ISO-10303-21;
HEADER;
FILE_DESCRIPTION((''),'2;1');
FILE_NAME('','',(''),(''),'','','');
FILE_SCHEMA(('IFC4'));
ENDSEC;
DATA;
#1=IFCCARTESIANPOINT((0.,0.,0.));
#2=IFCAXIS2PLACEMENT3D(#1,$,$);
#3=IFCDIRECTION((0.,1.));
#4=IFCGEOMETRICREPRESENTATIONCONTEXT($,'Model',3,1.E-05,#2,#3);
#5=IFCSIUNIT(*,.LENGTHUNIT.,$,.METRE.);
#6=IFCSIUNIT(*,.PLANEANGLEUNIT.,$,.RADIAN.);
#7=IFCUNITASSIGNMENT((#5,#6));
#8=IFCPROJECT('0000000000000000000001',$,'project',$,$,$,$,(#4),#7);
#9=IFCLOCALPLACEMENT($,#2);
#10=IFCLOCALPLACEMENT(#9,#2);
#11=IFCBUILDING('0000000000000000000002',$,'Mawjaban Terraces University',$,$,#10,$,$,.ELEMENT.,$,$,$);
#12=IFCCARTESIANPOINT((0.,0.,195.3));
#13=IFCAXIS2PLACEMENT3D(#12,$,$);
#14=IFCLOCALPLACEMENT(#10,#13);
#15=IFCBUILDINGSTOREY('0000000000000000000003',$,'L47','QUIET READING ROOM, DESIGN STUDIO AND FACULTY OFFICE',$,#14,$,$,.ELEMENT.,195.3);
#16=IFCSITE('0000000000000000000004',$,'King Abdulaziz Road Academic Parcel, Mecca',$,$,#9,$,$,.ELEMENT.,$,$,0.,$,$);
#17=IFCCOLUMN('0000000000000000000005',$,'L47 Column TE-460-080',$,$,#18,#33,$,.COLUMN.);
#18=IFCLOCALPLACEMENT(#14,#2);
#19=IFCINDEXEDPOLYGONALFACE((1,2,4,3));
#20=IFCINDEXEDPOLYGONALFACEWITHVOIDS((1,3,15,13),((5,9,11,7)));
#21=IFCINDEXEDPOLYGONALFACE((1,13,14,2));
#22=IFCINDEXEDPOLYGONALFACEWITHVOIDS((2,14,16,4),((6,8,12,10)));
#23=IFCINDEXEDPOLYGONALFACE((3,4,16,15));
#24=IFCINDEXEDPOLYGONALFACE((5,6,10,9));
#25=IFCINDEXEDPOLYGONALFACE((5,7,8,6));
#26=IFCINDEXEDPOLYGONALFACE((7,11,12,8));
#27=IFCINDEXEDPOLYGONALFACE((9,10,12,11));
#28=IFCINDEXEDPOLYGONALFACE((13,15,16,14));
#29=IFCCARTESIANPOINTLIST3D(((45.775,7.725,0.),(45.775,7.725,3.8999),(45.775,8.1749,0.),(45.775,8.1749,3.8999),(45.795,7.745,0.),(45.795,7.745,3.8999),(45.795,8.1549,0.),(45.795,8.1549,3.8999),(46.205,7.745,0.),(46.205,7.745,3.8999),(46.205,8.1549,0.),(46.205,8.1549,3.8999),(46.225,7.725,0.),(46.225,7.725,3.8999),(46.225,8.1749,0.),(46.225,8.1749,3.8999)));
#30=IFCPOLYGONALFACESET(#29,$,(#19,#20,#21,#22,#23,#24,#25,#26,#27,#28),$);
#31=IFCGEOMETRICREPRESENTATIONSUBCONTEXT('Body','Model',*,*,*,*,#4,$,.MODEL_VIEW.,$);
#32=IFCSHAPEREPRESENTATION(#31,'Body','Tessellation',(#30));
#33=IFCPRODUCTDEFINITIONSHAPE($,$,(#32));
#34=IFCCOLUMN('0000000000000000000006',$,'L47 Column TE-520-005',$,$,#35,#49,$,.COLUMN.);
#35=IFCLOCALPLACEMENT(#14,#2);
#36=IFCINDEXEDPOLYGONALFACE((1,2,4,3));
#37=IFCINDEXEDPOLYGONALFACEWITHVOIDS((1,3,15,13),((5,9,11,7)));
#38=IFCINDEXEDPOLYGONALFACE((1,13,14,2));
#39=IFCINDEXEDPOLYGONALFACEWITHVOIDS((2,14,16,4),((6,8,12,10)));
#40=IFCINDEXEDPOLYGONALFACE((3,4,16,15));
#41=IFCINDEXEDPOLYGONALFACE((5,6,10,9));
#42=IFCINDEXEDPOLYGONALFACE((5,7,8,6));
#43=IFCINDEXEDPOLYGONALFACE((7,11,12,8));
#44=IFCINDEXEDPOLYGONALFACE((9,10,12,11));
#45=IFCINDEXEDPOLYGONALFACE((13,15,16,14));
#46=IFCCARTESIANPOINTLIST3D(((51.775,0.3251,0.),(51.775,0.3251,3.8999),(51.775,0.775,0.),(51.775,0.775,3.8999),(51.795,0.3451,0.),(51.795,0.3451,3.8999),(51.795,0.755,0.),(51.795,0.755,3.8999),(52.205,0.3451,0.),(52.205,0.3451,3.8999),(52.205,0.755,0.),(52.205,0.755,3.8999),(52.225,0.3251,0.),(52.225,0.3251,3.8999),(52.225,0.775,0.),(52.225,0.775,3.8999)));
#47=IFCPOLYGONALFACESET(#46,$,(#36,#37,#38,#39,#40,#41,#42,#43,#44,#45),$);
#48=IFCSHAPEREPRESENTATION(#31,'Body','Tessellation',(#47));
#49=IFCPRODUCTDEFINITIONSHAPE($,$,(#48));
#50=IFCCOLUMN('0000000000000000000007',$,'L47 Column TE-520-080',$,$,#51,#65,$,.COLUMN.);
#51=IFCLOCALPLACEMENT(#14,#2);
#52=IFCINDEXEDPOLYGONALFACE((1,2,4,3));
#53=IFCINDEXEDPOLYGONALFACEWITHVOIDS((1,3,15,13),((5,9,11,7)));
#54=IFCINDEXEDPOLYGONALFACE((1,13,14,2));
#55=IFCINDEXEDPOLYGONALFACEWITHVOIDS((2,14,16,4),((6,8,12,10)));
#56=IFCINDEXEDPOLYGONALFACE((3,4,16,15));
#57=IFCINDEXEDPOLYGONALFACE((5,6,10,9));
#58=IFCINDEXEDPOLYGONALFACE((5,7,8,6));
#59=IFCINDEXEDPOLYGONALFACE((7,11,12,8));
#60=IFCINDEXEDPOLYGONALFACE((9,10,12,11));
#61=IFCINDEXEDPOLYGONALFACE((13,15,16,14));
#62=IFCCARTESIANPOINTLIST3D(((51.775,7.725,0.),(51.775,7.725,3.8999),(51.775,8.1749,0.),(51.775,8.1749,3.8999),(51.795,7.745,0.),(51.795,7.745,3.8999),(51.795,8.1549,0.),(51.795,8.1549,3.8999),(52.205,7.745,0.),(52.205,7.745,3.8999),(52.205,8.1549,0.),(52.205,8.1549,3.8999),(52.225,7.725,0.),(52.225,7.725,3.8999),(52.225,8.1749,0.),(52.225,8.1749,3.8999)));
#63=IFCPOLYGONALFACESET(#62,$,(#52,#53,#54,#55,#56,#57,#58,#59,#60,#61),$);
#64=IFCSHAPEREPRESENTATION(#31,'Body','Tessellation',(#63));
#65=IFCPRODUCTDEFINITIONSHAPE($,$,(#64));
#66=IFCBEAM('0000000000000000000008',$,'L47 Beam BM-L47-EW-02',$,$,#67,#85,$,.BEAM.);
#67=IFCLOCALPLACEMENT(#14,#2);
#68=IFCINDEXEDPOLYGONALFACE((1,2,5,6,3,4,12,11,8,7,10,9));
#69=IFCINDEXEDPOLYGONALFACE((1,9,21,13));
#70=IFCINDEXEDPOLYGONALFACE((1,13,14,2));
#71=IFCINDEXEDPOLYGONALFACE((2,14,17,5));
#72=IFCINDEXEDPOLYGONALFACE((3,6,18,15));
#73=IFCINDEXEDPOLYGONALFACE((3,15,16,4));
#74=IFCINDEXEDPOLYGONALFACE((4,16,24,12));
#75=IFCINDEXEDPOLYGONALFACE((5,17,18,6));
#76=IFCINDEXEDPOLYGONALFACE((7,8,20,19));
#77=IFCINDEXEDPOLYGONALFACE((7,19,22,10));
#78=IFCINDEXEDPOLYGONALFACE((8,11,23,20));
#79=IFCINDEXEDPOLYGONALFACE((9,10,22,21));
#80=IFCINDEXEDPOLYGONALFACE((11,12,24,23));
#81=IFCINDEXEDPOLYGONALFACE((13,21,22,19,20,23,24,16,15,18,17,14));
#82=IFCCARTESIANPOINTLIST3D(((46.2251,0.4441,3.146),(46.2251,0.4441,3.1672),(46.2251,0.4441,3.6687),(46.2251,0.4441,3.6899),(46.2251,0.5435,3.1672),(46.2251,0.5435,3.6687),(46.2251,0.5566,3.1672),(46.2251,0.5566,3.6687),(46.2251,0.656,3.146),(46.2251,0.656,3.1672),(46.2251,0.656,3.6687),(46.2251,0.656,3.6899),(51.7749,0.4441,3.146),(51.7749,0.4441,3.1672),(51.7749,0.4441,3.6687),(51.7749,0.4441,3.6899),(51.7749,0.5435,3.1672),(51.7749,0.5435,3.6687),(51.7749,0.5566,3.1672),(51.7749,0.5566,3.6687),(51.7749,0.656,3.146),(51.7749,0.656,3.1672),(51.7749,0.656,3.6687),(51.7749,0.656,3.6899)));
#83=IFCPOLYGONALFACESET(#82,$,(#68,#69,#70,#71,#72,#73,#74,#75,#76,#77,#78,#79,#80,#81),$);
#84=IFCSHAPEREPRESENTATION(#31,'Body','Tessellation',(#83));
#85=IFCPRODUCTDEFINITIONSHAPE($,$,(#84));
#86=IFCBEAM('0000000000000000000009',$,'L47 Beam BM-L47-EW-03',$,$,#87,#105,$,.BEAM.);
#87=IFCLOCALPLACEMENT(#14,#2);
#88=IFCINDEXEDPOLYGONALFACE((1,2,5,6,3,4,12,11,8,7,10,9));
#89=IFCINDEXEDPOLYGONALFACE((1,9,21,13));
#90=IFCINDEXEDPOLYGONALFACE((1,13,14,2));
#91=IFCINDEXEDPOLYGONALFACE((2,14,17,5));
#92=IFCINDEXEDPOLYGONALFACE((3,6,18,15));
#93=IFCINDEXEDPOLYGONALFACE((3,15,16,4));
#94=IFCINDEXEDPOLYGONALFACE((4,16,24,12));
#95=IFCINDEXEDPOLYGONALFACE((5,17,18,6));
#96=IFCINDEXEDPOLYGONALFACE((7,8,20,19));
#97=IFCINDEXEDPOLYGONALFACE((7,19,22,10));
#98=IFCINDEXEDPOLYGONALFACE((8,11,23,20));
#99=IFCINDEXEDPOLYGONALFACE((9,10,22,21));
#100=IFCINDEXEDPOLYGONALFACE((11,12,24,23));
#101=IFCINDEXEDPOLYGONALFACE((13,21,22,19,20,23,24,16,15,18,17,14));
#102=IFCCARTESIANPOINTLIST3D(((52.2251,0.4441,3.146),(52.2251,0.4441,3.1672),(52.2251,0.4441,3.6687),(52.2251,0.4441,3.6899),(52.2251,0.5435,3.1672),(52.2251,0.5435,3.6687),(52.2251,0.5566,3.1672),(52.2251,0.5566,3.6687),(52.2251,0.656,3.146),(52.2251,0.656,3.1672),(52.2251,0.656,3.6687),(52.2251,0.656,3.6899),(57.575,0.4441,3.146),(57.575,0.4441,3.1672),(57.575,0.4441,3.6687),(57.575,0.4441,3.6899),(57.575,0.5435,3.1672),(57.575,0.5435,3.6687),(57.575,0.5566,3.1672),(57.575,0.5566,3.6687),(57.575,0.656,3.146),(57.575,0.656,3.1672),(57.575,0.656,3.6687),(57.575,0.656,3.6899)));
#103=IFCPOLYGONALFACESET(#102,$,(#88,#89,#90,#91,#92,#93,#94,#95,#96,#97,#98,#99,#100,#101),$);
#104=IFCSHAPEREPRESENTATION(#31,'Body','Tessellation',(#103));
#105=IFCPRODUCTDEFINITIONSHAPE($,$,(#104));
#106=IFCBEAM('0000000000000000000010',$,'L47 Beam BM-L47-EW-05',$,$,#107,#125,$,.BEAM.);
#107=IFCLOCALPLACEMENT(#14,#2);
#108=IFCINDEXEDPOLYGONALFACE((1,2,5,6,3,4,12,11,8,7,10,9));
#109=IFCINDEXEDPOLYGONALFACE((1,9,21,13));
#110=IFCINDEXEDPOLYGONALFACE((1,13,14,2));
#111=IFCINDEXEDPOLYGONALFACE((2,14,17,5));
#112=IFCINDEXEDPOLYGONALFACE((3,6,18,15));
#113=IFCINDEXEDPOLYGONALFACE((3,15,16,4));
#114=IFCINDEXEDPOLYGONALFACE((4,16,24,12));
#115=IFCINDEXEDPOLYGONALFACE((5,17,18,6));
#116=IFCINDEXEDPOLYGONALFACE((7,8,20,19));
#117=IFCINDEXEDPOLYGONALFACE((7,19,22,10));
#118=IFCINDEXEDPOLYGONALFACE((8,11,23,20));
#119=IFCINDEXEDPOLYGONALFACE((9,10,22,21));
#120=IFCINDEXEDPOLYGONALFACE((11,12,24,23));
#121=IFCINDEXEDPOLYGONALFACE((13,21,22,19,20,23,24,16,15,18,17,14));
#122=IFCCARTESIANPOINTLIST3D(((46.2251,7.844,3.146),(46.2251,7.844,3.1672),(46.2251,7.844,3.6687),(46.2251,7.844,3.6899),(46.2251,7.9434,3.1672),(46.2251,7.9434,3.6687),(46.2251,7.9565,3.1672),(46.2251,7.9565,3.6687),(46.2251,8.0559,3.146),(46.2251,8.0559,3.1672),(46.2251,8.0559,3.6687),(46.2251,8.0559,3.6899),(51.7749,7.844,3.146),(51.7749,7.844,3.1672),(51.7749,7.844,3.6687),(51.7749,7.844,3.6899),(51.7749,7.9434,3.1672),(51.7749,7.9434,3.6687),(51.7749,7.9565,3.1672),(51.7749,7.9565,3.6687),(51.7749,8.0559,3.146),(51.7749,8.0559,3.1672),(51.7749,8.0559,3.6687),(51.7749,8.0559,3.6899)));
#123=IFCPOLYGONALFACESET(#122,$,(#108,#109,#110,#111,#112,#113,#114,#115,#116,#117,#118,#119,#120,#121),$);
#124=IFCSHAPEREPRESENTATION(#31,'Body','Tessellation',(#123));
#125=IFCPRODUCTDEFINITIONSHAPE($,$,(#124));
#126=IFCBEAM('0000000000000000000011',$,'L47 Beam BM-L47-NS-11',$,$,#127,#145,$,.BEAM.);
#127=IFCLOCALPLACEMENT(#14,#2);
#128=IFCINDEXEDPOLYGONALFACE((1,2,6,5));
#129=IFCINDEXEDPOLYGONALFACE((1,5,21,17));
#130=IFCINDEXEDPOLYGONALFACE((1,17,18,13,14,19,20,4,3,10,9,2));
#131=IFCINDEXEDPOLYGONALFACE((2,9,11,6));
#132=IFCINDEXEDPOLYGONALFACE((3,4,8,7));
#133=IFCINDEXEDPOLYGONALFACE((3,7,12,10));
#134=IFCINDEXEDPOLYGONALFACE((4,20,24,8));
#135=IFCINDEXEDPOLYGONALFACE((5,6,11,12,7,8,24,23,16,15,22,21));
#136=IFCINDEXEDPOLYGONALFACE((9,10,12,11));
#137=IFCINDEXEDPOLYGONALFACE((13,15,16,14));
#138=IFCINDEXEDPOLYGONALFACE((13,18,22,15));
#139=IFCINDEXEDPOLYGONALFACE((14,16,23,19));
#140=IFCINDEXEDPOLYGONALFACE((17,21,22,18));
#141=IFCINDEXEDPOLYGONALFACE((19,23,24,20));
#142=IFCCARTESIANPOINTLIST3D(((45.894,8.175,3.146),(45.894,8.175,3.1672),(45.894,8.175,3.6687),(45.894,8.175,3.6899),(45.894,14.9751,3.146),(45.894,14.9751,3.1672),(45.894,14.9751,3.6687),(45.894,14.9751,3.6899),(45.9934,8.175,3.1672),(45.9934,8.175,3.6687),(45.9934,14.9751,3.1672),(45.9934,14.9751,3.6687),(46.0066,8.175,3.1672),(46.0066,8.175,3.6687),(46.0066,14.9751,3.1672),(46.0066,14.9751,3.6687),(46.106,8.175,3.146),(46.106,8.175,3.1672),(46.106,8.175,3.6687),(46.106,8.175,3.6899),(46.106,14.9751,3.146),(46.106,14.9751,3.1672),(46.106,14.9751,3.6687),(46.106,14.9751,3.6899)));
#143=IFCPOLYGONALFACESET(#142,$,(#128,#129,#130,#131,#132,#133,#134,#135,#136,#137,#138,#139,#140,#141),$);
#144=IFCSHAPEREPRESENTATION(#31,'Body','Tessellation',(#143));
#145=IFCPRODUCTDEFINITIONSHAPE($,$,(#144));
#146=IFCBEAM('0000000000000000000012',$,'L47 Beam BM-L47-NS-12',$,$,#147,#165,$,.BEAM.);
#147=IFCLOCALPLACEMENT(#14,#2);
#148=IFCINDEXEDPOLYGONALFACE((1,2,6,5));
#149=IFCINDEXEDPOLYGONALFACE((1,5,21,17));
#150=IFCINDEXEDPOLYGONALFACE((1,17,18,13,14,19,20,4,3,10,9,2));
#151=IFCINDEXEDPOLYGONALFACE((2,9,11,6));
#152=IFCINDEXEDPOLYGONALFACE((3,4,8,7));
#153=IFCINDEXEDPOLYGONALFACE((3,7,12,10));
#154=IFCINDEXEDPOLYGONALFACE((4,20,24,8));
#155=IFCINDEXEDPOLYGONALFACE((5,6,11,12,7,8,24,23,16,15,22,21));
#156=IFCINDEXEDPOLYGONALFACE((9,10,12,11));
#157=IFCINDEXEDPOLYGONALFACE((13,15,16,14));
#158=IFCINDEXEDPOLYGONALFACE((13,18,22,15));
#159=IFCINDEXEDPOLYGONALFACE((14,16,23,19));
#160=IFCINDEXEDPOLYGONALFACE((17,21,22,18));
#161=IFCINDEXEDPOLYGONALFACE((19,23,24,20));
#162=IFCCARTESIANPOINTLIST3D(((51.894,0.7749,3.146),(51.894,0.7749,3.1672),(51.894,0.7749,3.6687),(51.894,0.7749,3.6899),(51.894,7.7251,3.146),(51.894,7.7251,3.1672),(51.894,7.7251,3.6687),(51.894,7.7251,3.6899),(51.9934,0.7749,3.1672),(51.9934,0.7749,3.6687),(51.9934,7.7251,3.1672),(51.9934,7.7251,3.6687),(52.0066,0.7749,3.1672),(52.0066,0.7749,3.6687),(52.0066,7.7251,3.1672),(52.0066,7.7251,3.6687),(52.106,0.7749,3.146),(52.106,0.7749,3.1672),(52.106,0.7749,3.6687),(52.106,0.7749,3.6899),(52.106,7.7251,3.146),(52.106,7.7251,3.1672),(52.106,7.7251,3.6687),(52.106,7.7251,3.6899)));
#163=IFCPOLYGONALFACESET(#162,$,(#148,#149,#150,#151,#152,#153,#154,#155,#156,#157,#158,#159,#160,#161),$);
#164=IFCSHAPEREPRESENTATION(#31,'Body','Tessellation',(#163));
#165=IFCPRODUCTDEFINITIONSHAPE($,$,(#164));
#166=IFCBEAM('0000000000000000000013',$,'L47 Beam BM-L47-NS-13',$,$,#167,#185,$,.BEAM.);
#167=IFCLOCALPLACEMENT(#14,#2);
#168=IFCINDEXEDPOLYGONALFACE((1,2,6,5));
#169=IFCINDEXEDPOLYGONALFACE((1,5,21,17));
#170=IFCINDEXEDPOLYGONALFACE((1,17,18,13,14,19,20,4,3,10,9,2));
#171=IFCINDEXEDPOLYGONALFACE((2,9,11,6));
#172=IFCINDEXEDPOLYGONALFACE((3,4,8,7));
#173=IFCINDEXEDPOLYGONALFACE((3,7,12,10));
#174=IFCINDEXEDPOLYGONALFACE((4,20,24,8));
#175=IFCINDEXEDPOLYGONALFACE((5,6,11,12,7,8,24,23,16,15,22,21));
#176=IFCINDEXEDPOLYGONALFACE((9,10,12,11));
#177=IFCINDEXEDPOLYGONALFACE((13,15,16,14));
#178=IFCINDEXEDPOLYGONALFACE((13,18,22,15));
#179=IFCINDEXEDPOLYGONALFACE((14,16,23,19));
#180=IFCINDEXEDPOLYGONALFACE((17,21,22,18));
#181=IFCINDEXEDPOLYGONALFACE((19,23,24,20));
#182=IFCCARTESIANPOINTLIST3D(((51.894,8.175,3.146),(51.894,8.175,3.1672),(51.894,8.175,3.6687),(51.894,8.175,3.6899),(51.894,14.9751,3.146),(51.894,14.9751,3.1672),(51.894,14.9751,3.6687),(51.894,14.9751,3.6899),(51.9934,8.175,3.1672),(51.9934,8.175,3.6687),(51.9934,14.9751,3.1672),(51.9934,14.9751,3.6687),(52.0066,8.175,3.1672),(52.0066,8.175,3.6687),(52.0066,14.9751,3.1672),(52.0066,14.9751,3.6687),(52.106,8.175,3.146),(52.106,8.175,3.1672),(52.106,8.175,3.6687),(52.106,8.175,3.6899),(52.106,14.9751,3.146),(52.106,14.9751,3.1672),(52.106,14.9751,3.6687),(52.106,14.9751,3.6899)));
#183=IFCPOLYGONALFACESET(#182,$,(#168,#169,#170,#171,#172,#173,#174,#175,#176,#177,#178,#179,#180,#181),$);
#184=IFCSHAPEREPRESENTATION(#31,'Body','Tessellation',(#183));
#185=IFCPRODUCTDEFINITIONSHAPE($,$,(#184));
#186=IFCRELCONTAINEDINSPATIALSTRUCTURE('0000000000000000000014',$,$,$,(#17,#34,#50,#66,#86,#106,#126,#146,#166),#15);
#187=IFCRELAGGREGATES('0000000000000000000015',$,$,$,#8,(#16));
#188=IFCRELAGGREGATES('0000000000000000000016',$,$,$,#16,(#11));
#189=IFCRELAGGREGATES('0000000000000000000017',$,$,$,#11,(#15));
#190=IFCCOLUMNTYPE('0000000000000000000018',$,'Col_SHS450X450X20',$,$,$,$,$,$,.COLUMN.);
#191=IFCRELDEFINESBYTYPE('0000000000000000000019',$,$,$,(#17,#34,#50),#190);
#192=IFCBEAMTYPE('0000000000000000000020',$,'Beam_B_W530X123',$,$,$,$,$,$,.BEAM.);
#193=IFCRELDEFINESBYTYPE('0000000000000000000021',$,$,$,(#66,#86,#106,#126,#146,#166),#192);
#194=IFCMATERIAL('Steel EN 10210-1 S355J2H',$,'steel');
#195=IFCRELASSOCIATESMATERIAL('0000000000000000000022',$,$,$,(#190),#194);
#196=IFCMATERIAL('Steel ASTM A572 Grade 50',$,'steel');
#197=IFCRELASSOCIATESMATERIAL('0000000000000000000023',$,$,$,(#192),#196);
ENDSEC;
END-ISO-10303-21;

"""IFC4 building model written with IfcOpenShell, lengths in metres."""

from ifc_helpers import new_model, si_unit, direction, frame, origin, origin_2d, place, context, subcontext, project, spatial, hollow_rectangle, i_section, extrude, material, material_profile, profile_set, type_object, element, save


model = new_model("IFC4")

# Units and contexts
model_context = context("Model", 3, precision=1e-05, world=origin(), true_north=direction((0.0, 1.0)))
body_context = subcontext(model_context, "Body", "Model", "MODEL_VIEW")
ifc_project = project(units=[si_unit("LENGTHUNIT", "METRE"), si_unit("PLANEANGLEUNIT", "RADIAN")], contexts=[model_context])

# Site, building, storey
site_placement = place(None, origin())
site = spatial("IfcSite", under=ifc_project, at=site_placement, Name="King Abdulaziz Road Academic Parcel, Mecca", CompositionType="ELEMENT", RefElevation=0.0)
building_placement = place(site_placement, origin())
building = spatial("IfcBuilding", under=site, at=building_placement, Name="Mawjaban Terraces University", CompositionType="ELEMENT")
storey_placement = place(building_placement, frame((0.0, 0.0, 195.3)))
storey = spatial("IfcBuildingStorey", under=building, at=storey_placement, Name="L47", Description="QUIET READING ROOM, DESIGN STUDIO AND FACULTY OFFICE", CompositionType="ELEMENT", Elevation=195.3)

# Columns
ifc_material_1 = material(Name="Steel EN 10210-1 S355J2H", Category="steel")
ifc_material_profile_1 = material_profile(ifc_material_1, hollow_rectangle(XDim=0.45, YDim=0.45, WallThickness=0.02, at=origin_2d()), Name="SHS450X450X20")
ifc_profile_set_1 = profile_set([ifc_material_profile_1], Name="Steel EN 10210-1 S355J2H")
column_type = type_object("IfcColumnType", Name="Col_SHS450X450X20", PredefinedType="COLUMN", material=ifc_profile_set_1)
for number, where, z_axis, x_axis, name in (
    (1, (46.0, 7.95, 0.0), (0.0, 0.0, 1.0), (1.0, 0.0, 0.0), "L47 Column TE-460-080"),
    (2, (52.0, 0.55, 0.0), (0.0, 0.0, 1.0), (1.0, 0.0, 0.0), "L47 Column TE-520-005"),
    (3, (52.0, 7.95, 0.0), (0.0, 0.0, 1.0), (1.0, 0.0, 0.0), "L47 Column TE-520-080"),
):
    element("IfcColumn", number, at=place(storey_placement, frame(where, z_axis=z_axis, x_axis=x_axis)), inside=storey, type_object=column_type, Name=name, PredefinedType="COLUMN", context=body_context, shape_type="SweptSolid", body=[
        extrude(hollow_rectangle(XDim=0.45, YDim=0.45, WallThickness=0.02, at=origin_2d()), origin(), (0.0, 0.0, 1.0), 3.8999),
    ])

# Beams
ifc_material_2 = material(Name="Steel ASTM A572 Grade 50", Category="steel")
ifc_material_profile_2 = material_profile(ifc_material_2, i_section(OverallWidth=0.2119, OverallDepth=0.5439, WebThickness=0.0132, FlangeThickness=0.0212, at=origin_2d()), Name="W530X123")
ifc_profile_set_2 = profile_set([ifc_material_profile_2], Name="Steel ASTM A572 Grade 50")
beam_type_1 = type_object("IfcBeamType", Name="Beam_B_W530X123", PredefinedType="BEAM", material=ifc_profile_set_2)
beam_1_placement = place(storey_placement, frame((46.2251, 0.55, 3.418), z_axis=(1.0, 0.0, 0.0), x_axis=(0.0, 1.0, 0.0)))
element("IfcBeam", 4, at=beam_1_placement, inside=storey, type_object=beam_type_1, Name="L47 Beam BM-L47-EW-02", PredefinedType="BEAM", context=body_context, shape_type="SweptSolid", body=[
    extrude(i_section(OverallWidth=0.2119, OverallDepth=0.5439, WebThickness=0.0132, FlangeThickness=0.0212, at=origin_2d()), origin(), (0.0, 0.0, 1.0), 5.5498),
])
beam_2_placement = place(storey_placement, frame((52.2251, 0.55, 3.418), z_axis=(1.0, 0.0, 0.0), x_axis=(0.0, 1.0, 0.0)))
element("IfcBeam", 5, at=beam_2_placement, inside=storey, type_object=beam_type_1, Name="L47 Beam BM-L47-EW-03", PredefinedType="BEAM", context=body_context, shape_type="SweptSolid", body=[
    extrude(i_section(OverallWidth=0.2119, OverallDepth=0.5439, WebThickness=0.0132, FlangeThickness=0.0212, at=origin_2d()), origin(), (0.0, 0.0, 1.0), 5.3499),
])
beam_3_placement = place(storey_placement, frame((46.2251, 7.95, 3.418), z_axis=(1.0, 0.0, 0.0), x_axis=(0.0, 1.0, 0.0)))
element("IfcBeam", 6, at=beam_3_placement, inside=storey, type_object=beam_type_1, Name="L47 Beam BM-L47-EW-05", PredefinedType="BEAM", context=body_context, shape_type="SweptSolid", body=[
    extrude(i_section(OverallWidth=0.2119, OverallDepth=0.5439, WebThickness=0.0132, FlangeThickness=0.0212, at=origin_2d()), origin(), (0.0, 0.0, 1.0), 5.5498),
])
beam_4_placement = place(storey_placement, frame((46.0, 8.175, 3.418), z_axis=(0.0, 1.0, 0.0), x_axis=(-1.0, 0.0, 0.0)))
element("IfcBeam", 7, at=beam_4_placement, inside=storey, type_object=beam_type_1, Name="L47 Beam BM-L47-NS-11", PredefinedType="BEAM", context=body_context, shape_type="SweptSolid", body=[
    extrude(i_section(OverallWidth=0.2119, OverallDepth=0.5439, WebThickness=0.0132, FlangeThickness=0.0212, at=origin_2d()), origin(), (0.0, 0.0, 1.0), 6.8),
])
beam_5_placement = place(storey_placement, frame((52.0, 0.7749, 3.418), z_axis=(0.0, 1.0, 0.0), x_axis=(-1.0, 0.0, 0.0)))
element("IfcBeam", 8, at=beam_5_placement, inside=storey, type_object=beam_type_1, Name="L47 Beam BM-L47-NS-12", PredefinedType="BEAM", context=body_context, shape_type="SweptSolid", body=[
    extrude(i_section(OverallWidth=0.2119, OverallDepth=0.5439, WebThickness=0.0132, FlangeThickness=0.0212, at=origin_2d()), origin(), (0.0, 0.0, 1.0), 6.9502),
])
beam_6_placement = place(storey_placement, frame((52.0, 8.175, 3.418), z_axis=(0.0, 1.0, 0.0), x_axis=(-1.0, 0.0, 0.0)))
element("IfcBeam", 9, at=beam_6_placement, inside=storey, type_object=beam_type_1, Name="L47 Beam BM-L47-NS-13", PredefinedType="BEAM", context=body_context, shape_type="SweptSolid", body=[
    extrude(i_section(OverallWidth=0.2119, OverallDepth=0.5439, WebThickness=0.0132, FlangeThickness=0.0212, at=origin_2d()), origin(), (0.0, 0.0, 1.0), 6.8),
])

save(model, "model.ifc")
